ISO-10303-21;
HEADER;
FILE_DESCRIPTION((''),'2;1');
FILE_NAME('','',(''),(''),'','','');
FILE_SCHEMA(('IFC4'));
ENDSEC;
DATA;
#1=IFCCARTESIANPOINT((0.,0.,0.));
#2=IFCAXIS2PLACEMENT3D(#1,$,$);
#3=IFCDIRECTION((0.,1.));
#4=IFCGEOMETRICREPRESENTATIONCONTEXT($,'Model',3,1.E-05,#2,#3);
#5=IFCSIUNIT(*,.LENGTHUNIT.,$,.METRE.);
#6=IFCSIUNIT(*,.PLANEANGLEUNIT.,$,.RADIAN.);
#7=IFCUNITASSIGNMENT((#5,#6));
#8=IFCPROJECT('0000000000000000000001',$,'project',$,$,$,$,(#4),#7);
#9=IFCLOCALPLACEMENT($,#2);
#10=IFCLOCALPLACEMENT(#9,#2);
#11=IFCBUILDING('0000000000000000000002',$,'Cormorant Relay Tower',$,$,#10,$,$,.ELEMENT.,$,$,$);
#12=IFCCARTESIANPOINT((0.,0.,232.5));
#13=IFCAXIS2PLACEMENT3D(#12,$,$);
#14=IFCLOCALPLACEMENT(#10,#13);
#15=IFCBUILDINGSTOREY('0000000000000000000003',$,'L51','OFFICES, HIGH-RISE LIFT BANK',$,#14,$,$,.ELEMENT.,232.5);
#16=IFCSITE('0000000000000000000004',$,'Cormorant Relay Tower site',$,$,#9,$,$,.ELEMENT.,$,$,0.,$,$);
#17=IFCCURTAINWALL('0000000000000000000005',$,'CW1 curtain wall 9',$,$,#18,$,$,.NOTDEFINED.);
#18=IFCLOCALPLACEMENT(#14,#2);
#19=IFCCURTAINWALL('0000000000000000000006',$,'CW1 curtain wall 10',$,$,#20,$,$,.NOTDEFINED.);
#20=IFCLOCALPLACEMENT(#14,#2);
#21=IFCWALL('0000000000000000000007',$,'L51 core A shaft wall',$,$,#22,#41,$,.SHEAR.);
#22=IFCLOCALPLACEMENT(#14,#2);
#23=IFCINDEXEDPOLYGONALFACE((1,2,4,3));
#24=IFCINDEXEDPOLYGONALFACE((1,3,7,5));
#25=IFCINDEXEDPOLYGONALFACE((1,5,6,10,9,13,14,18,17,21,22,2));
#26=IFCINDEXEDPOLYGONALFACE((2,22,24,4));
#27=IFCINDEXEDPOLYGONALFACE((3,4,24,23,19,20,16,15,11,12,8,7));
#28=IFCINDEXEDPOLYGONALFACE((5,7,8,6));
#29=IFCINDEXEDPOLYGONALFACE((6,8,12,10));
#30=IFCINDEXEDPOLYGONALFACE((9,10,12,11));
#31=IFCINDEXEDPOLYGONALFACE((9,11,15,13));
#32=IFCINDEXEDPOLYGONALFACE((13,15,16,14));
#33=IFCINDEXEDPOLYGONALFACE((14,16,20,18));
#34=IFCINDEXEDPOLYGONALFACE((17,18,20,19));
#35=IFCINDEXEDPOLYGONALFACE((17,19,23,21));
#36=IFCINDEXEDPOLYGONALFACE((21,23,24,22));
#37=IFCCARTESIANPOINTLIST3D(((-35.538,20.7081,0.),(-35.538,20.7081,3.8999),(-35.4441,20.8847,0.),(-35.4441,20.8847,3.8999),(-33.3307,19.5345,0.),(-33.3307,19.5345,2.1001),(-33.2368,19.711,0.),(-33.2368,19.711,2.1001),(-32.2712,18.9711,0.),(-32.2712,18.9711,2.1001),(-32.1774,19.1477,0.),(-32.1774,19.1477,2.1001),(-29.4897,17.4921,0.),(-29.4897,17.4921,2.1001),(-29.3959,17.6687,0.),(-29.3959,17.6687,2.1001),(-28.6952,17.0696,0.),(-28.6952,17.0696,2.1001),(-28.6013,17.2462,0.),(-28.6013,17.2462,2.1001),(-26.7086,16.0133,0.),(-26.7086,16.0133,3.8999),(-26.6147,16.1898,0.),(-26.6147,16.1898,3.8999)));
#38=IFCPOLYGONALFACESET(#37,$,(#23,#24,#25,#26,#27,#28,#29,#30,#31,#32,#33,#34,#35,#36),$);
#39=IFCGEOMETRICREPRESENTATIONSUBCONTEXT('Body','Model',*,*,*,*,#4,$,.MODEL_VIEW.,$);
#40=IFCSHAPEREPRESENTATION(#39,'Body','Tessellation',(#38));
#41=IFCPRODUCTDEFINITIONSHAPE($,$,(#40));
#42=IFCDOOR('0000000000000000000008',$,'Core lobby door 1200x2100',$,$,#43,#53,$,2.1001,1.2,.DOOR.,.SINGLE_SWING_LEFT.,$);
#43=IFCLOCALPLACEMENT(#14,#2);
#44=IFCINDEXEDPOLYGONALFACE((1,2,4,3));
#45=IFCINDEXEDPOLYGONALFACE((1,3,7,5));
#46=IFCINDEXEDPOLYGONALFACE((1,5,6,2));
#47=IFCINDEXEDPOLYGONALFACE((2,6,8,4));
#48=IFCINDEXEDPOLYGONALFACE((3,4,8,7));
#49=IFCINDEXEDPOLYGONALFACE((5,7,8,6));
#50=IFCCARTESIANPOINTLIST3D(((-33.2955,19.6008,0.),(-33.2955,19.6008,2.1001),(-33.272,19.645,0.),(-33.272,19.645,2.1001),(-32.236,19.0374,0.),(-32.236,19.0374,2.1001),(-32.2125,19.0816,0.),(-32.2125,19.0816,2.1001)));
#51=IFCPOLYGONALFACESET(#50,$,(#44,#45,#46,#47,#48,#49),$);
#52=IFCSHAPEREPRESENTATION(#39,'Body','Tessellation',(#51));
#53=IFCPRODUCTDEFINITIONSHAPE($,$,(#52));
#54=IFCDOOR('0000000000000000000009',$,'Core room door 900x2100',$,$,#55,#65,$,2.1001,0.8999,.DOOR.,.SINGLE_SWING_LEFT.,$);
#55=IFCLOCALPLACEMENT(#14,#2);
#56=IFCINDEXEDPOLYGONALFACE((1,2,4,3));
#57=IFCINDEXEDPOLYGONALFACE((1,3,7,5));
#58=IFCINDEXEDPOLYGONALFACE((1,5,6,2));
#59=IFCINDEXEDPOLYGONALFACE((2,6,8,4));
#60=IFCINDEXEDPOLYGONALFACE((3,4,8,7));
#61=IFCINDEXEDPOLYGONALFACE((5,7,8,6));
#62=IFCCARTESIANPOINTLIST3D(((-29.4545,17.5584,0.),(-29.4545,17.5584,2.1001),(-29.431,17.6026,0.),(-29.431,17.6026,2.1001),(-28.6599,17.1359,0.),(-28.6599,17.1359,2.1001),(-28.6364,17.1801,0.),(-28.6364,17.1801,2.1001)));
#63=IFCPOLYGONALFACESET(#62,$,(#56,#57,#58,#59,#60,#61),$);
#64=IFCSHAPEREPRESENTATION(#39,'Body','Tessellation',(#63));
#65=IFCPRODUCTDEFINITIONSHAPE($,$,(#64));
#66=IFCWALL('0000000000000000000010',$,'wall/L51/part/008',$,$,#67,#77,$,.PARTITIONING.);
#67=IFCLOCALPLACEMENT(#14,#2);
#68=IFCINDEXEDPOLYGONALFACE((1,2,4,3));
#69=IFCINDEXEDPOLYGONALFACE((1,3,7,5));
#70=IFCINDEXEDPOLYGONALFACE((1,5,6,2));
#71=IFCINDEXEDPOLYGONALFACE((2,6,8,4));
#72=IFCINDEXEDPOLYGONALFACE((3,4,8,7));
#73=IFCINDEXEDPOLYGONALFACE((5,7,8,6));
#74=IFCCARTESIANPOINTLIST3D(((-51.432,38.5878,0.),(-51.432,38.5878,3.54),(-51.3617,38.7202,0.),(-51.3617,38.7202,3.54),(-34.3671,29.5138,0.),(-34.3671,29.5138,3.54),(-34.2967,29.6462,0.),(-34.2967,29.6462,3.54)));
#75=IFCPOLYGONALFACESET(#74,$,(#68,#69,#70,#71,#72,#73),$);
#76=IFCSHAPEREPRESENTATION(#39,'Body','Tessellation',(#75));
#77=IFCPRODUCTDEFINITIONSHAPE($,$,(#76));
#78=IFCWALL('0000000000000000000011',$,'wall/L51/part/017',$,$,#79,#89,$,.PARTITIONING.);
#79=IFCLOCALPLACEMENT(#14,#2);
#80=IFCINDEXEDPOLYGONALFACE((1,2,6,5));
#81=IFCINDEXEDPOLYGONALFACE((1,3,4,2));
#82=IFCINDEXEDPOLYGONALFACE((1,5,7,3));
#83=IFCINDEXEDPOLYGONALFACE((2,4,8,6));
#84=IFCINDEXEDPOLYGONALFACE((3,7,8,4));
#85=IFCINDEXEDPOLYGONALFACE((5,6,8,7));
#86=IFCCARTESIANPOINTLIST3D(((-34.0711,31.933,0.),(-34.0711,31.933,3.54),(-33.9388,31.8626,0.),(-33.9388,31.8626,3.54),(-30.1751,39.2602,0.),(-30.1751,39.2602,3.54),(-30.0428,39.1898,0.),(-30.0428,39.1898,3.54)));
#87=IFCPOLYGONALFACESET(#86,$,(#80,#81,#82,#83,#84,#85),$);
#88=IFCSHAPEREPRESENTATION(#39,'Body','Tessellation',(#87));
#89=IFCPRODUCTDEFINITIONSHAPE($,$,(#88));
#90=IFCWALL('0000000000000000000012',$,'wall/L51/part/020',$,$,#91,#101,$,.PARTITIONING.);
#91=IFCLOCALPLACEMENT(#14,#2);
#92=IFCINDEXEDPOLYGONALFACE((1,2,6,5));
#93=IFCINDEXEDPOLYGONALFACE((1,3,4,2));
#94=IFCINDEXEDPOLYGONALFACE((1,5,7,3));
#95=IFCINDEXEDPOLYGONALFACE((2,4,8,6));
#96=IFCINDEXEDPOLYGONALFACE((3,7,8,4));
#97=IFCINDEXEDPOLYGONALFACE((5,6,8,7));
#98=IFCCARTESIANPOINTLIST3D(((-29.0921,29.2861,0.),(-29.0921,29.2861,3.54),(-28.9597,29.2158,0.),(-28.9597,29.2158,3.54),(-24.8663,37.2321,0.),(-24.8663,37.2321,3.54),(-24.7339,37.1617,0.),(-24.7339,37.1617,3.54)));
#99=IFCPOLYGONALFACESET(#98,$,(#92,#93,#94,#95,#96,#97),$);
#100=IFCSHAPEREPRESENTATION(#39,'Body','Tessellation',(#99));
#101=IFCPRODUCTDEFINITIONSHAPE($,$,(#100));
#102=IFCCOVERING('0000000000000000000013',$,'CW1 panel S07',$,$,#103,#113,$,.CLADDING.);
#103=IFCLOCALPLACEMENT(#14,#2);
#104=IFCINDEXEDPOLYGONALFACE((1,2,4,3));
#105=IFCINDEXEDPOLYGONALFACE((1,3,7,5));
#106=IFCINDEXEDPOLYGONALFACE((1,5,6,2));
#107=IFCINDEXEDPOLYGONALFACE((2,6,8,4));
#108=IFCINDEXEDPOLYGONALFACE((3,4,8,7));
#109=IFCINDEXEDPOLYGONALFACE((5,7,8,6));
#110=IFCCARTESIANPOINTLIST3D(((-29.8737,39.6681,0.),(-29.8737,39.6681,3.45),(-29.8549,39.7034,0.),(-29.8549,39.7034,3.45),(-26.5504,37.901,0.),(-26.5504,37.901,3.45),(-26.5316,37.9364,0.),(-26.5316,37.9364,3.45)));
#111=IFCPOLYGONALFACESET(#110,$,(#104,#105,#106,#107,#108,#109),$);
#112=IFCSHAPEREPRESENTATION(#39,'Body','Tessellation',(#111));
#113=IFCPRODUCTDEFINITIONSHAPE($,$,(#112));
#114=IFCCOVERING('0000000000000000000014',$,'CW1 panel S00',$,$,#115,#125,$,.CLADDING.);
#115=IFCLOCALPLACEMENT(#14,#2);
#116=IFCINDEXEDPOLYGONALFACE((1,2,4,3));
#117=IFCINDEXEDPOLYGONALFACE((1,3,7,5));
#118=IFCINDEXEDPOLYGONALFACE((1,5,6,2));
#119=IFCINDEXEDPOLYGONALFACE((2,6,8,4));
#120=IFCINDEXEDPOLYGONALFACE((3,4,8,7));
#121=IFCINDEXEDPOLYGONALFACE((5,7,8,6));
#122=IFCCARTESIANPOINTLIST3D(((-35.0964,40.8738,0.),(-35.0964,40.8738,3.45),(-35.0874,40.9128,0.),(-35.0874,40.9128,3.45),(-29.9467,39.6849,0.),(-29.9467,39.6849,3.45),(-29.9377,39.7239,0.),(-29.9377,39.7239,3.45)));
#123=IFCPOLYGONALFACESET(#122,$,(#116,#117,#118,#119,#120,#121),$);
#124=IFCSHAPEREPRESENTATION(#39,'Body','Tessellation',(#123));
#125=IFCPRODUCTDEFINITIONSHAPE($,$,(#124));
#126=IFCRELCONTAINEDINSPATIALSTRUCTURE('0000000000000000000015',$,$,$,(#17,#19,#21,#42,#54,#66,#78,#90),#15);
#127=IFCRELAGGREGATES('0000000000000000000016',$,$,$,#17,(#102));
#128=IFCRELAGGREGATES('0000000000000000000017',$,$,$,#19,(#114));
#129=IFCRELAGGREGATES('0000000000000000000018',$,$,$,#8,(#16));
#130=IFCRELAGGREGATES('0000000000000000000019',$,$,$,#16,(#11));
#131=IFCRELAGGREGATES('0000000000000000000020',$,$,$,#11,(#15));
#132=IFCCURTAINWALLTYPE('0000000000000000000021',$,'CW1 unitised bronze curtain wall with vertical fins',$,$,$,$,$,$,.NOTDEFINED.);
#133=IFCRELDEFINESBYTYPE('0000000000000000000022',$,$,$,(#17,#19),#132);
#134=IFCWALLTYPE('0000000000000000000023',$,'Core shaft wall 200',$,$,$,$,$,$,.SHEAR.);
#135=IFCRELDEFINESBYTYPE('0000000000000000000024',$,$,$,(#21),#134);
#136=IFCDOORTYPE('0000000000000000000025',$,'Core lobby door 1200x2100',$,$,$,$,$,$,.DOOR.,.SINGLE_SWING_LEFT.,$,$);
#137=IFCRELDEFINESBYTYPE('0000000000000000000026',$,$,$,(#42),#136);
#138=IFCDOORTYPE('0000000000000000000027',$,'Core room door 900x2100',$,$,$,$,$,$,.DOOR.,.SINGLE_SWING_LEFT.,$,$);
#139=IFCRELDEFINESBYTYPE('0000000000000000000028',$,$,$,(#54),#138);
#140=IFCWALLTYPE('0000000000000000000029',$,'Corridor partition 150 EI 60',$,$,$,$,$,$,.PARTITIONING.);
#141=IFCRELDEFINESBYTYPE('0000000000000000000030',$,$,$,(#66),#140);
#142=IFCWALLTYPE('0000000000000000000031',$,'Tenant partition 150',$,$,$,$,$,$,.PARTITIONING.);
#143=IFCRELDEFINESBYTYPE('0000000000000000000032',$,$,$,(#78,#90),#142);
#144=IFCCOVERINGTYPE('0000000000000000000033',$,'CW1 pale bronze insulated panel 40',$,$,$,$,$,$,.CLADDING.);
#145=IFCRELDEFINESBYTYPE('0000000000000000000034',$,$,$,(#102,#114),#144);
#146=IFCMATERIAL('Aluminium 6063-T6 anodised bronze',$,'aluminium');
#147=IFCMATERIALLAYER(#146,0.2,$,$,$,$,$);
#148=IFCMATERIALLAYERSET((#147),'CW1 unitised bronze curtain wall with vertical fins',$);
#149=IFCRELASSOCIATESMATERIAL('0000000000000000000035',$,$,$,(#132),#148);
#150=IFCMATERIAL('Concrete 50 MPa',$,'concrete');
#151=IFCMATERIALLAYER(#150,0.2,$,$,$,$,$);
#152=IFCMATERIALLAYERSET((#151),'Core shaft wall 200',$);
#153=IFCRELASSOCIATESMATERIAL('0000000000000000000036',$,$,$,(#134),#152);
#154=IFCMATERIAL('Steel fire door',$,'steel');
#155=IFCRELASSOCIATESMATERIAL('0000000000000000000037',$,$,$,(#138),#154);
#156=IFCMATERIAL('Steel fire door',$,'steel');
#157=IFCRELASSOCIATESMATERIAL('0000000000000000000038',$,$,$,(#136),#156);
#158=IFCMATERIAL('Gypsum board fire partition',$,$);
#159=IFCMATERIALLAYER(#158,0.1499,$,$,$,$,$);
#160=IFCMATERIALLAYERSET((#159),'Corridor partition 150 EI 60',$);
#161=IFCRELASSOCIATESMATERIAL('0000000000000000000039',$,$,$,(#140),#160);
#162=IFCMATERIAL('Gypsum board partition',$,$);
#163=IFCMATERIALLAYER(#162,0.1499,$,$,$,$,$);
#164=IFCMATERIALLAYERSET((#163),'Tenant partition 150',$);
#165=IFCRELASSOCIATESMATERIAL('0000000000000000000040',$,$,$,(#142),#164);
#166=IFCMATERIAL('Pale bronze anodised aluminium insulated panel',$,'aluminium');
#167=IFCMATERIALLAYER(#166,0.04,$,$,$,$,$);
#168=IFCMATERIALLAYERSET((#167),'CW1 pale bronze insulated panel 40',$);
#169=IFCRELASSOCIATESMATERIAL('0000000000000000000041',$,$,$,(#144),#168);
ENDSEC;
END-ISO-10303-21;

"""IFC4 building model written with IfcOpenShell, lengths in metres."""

from ifc_helpers import new_model, si_unit, direction, frame, frame_2d, origin, origin_2d, place, context, subcontext, project, spatial, rectangle, extrude, material, layer, layer_set, type_object, element, fill, aggregate, save


model = new_model("IFC4")

# Units and contexts
model_context = context("Model", 3, precision=1e-05, world=origin(), true_north=direction((0.0, 1.0)))
body_context = subcontext(model_context, "Body", "Model", "MODEL_VIEW")
ifc_project = project(units=[si_unit("LENGTHUNIT", "METRE"), si_unit("PLANEANGLEUNIT", "RADIAN")], contexts=[model_context])

# Site, building, storey
site_placement = place(None, origin())
site = spatial("IfcSite", under=ifc_project, at=site_placement, Name="Cormorant Relay Tower site", CompositionType="ELEMENT", RefElevation=0.0)
building_placement = place(site_placement, origin())
building = spatial("IfcBuilding", under=site, at=building_placement, Name="Cormorant Relay Tower", CompositionType="ELEMENT")
storey_placement = place(building_placement, frame((0.0, 0.0, 232.5)))
storey = spatial("IfcBuildingStorey", under=building, at=storey_placement, Name="L51", Description="OFFICES, HIGH-RISE LIFT BANK", CompositionType="ELEMENT", Elevation=232.5)

# Curtain wall
ifc_material_1 = material(Name="Aluminium 6063-T6 anodised bronze", Category="aluminium")
ifc_layer_1 = layer(ifc_material_1, 0.2)
ifc_layer_set_1 = layer_set([ifc_layer_1], Name="CW1 unitised bronze curtain wall with vertical fins")
curtain_wall_type = type_object("IfcCurtainWallType", Name="CW1 unitised bronze curtain wall with vertical fins", PredefinedType="NOTDEFINED", material=ifc_layer_set_1)
curtain_wall_1_placement = place(storey_placement, origin())
curtain_wall_1 = element("IfcCurtainWall", 1, at=curtain_wall_1_placement, inside=storey, type_object=curtain_wall_type, Name="CW1 curtain wall 9", PredefinedType="NOTDEFINED")

# Curtain wall
curtain_wall_2_placement = place(storey_placement, origin())
curtain_wall_2 = element("IfcCurtainWall", 2, at=curtain_wall_2_placement, inside=storey, type_object=curtain_wall_type, Name="CW1 curtain wall 10", PredefinedType="NOTDEFINED")

# Shared definitions
ifc_material_2 = material(Name="Concrete 50 MPa", Category="concrete")
ifc_layer_2 = layer(ifc_material_2, 0.2)
ifc_layer_set_2 = layer_set([ifc_layer_2], Name="Core shaft wall 200")
wall_type_1 = type_object("IfcWallType", Name="Core shaft wall 200", PredefinedType="SHEAR", material=ifc_layer_set_2)
ifc_material_3 = material(Name="Steel fire door", Category="steel")
door_type_1 = type_object("IfcDoorType", Name="Core room door 900x2100", OperationType="SINGLE_SWING_LEFT", PredefinedType="DOOR", material=ifc_material_3)

# Wall, openings, doors
wall_1_placement = place(storey_placement, frame((-26.6616, 16.1016, 0.0), z_axis=(0.0, 0.0, 1.0), x_axis=(-0.88294, 0.469485, 0.0)))
wall_1 = element("IfcWall", 3, at=wall_1_placement, inside=storey, type_object=wall_type_1, Name="L51 core A shaft wall", PredefinedType="SHEAR", context=body_context, shape_type="SweptSolid", body=[
    extrude(rectangle(XDim=10.0, YDim=0.2, at=frame_2d((5.0, 0.0))), origin(), (0.0, 0.0, 1.0), 3.8999),
])
opening_1_placement = place(wall_1_placement, frame((6.3, 0.0, 0.0)))
opening_1 = element("IfcOpeningElement", 4, at=opening_1_placement, cuts=wall_1, PredefinedType="OPENING", context=body_context, shape_type="SweptSolid", body=[
    extrude(rectangle(XDim=1.2, YDim=2.1001, at=frame_2d((0.6001, 1.05))), frame((0.0, 0.1099, 0.0), z_axis=(0.0, -1.0, 0.0), x_axis=(1.0, 0.0, 0.0)), (0.0, 0.0, 1.0), 0.22),
])
opening_2_placement = place(wall_1_placement, frame((2.25, 0.0, 0.0)))
opening_2 = element("IfcOpeningElement", 5, at=opening_2_placement, cuts=wall_1, PredefinedType="OPENING", context=body_context, shape_type="SweptSolid", body=[
    extrude(rectangle(XDim=0.8999, YDim=2.1001, at=frame_2d((0.45, 1.05))), frame((0.0, 0.1099, 0.0), z_axis=(0.0, -1.0, 0.0), x_axis=(1.0, 0.0, 0.0)), (0.0, 0.0, 1.0), 0.22),
])
ifc_material_4 = material(Name="Steel fire door", Category="steel")
door_type_2 = type_object("IfcDoorType", Name="Core lobby door 1200x2100", OperationType="SINGLE_SWING_LEFT", PredefinedType="DOOR", material=ifc_material_4)
door_1_placement = place(opening_1_placement, origin())
door_1 = element("IfcDoor", 6, at=door_1_placement, inside=storey, type_object=door_type_2, Name="Core lobby door 1200x2100", OperationType="SINGLE_SWING_LEFT", OverallHeight=2.1001, OverallWidth=1.2, PredefinedType="DOOR", context=body_context, shape_type="SweptSolid", body=[
    extrude(rectangle(XDim=1.2, YDim=2.1001, at=frame_2d((0.6001, 1.05))), frame((0.0, 0.0249, 0.0), z_axis=(0.0, -1.0, 0.0), x_axis=(1.0, 0.0, 0.0)), (0.0, 0.0, 1.0), 0.05),
])
fill(opening_1, door_1)
door_2_placement = place(opening_2_placement, origin())
door_2 = element("IfcDoor", 7, at=door_2_placement, inside=storey, type_object=door_type_1, Name="Core room door 900x2100", OperationType="SINGLE_SWING_LEFT", OverallHeight=2.1001, OverallWidth=0.8999, PredefinedType="DOOR", context=body_context, shape_type="SweptSolid", body=[
    extrude(rectangle(XDim=0.8999, YDim=2.1001, at=frame_2d((0.45, 1.05))), frame((0.0, 0.0249, 0.0), z_axis=(0.0, -1.0, 0.0), x_axis=(1.0, 0.0, 0.0)), (0.0, 0.0, 1.0), 0.05),
])
fill(opening_2, door_2)

# Walls
ifc_material_5 = material(Name="Gypsum board fire partition")
ifc_layer_3 = layer(ifc_material_5, 0.1499)
ifc_layer_set_3 = layer_set([ifc_layer_3], Name="Corridor partition 150 EI 60")
wall_type_2 = type_object("IfcWallType", Name="Corridor partition 150 EI 60", PredefinedType="PARTITIONING", material=ifc_layer_set_3)
wall_2_placement = place(storey_placement, frame((-34.332, 29.5801, 0.0), z_axis=(0.0, 0.0, 1.0), x_axis=(-0.882939, 0.469487, 0.0)))
element("IfcWall", 8, at=wall_2_placement, inside=storey, type_object=wall_type_2, Name="wall/L51/part/008", PredefinedType="PARTITIONING", context=body_context, shape_type="SweptSolid", body=[
    extrude(rectangle(XDim=19.3274, YDim=0.1499, at=frame_2d((9.6636, 0.0))), origin(), (0.0, 0.0, 1.0), 3.54),
])
ifc_material_6 = material(Name="Gypsum board partition")
ifc_layer_4 = layer(ifc_material_6, 0.1499)
ifc_layer_set_4 = layer_set([ifc_layer_4], Name="Tenant partition 150")
wall_type_3 = type_object("IfcWallType", Name="Tenant partition 150", PredefinedType="PARTITIONING", material=ifc_layer_set_4)
wall_3_placement = place(storey_placement, frame((-30.1089, 39.2251, 0.0), z_axis=(0.0, 0.0, 1.0), x_axis=(-0.469479, -0.882943, 0.0)))
element("IfcWall", 9, at=wall_3_placement, inside=storey, type_object=wall_type_3, Name="wall/L51/part/017", PredefinedType="PARTITIONING", context=body_context, shape_type="SweptSolid", body=[
    extrude(rectangle(XDim=8.2986, YDim=0.1499, at=frame_2d((4.1494, 0.0))), origin(), (0.0, 0.0, 1.0), 3.54),
])
wall_4_placement = place(storey_placement, frame((-24.8, 37.197, 0.0), z_axis=(0.0, 0.0, 1.0), x_axis=(-0.469545, -0.882909, 0.0)))
element("IfcWall", 10, at=wall_4_placement, inside=storey, type_object=wall_type_3, Name="wall/L51/part/020", PredefinedType="PARTITIONING", context=body_context, shape_type="SweptSolid", body=[
    extrude(rectangle(XDim=8.9998, YDim=0.1499, at=frame_2d((4.5, 0.0))), origin(), (0.0, 0.0, 1.0), 3.54),
])

# Coverings
ifc_material_7 = material(Name="Pale bronze anodised aluminium insulated panel", Category="aluminium")
ifc_layer_5 = layer(ifc_material_7, 0.04)
ifc_layer_set_5 = layer_set([ifc_layer_5], Name="CW1 pale bronze insulated panel 40")
covering_type = type_object("IfcCoveringType", Name="CW1 pale bronze insulated panel 40", PredefinedType="CLADDING", material=ifc_layer_set_5)
covering_1_placement = place(storey_placement, frame((-28.2026, 38.8022, 0.0), z_axis=(0.0, 0.0, 1.0), x_axis=(-0.882948, 0.469472, 0.0)))
covering_1 = element("IfcCovering", 11, at=covering_1_placement, type_object=covering_type, Name="CW1 panel S07", PredefinedType="CLADDING", context=body_context, shape_type="SweptSolid", body=[
    extrude(rectangle(XDim=3.7639, YDim=0.04, at=origin_2d()), origin(), (0.0, 0.0, 1.0), 3.45),
])
aggregate(curtain_wall_1, [covering_1])
covering_2_placement = place(storey_placement, frame((-32.5171, 40.2988, 0.0), z_axis=(0.0, 0.0, 1.0), x_axis=(-0.97437, 0.224951, 0.0)))
covering_2 = element("IfcCovering", 12, at=covering_2_placement, type_object=covering_type, Name="CW1 panel S00", PredefinedType="CLADDING", context=body_context, shape_type="SweptSolid", body=[
    extrude(rectangle(XDim=5.2852, YDim=0.04, at=origin_2d()), origin(), (0.0, 0.0, 1.0), 3.45),
])
aggregate(curtain_wall_2, [covering_2])

save(model, "model.ifc")
